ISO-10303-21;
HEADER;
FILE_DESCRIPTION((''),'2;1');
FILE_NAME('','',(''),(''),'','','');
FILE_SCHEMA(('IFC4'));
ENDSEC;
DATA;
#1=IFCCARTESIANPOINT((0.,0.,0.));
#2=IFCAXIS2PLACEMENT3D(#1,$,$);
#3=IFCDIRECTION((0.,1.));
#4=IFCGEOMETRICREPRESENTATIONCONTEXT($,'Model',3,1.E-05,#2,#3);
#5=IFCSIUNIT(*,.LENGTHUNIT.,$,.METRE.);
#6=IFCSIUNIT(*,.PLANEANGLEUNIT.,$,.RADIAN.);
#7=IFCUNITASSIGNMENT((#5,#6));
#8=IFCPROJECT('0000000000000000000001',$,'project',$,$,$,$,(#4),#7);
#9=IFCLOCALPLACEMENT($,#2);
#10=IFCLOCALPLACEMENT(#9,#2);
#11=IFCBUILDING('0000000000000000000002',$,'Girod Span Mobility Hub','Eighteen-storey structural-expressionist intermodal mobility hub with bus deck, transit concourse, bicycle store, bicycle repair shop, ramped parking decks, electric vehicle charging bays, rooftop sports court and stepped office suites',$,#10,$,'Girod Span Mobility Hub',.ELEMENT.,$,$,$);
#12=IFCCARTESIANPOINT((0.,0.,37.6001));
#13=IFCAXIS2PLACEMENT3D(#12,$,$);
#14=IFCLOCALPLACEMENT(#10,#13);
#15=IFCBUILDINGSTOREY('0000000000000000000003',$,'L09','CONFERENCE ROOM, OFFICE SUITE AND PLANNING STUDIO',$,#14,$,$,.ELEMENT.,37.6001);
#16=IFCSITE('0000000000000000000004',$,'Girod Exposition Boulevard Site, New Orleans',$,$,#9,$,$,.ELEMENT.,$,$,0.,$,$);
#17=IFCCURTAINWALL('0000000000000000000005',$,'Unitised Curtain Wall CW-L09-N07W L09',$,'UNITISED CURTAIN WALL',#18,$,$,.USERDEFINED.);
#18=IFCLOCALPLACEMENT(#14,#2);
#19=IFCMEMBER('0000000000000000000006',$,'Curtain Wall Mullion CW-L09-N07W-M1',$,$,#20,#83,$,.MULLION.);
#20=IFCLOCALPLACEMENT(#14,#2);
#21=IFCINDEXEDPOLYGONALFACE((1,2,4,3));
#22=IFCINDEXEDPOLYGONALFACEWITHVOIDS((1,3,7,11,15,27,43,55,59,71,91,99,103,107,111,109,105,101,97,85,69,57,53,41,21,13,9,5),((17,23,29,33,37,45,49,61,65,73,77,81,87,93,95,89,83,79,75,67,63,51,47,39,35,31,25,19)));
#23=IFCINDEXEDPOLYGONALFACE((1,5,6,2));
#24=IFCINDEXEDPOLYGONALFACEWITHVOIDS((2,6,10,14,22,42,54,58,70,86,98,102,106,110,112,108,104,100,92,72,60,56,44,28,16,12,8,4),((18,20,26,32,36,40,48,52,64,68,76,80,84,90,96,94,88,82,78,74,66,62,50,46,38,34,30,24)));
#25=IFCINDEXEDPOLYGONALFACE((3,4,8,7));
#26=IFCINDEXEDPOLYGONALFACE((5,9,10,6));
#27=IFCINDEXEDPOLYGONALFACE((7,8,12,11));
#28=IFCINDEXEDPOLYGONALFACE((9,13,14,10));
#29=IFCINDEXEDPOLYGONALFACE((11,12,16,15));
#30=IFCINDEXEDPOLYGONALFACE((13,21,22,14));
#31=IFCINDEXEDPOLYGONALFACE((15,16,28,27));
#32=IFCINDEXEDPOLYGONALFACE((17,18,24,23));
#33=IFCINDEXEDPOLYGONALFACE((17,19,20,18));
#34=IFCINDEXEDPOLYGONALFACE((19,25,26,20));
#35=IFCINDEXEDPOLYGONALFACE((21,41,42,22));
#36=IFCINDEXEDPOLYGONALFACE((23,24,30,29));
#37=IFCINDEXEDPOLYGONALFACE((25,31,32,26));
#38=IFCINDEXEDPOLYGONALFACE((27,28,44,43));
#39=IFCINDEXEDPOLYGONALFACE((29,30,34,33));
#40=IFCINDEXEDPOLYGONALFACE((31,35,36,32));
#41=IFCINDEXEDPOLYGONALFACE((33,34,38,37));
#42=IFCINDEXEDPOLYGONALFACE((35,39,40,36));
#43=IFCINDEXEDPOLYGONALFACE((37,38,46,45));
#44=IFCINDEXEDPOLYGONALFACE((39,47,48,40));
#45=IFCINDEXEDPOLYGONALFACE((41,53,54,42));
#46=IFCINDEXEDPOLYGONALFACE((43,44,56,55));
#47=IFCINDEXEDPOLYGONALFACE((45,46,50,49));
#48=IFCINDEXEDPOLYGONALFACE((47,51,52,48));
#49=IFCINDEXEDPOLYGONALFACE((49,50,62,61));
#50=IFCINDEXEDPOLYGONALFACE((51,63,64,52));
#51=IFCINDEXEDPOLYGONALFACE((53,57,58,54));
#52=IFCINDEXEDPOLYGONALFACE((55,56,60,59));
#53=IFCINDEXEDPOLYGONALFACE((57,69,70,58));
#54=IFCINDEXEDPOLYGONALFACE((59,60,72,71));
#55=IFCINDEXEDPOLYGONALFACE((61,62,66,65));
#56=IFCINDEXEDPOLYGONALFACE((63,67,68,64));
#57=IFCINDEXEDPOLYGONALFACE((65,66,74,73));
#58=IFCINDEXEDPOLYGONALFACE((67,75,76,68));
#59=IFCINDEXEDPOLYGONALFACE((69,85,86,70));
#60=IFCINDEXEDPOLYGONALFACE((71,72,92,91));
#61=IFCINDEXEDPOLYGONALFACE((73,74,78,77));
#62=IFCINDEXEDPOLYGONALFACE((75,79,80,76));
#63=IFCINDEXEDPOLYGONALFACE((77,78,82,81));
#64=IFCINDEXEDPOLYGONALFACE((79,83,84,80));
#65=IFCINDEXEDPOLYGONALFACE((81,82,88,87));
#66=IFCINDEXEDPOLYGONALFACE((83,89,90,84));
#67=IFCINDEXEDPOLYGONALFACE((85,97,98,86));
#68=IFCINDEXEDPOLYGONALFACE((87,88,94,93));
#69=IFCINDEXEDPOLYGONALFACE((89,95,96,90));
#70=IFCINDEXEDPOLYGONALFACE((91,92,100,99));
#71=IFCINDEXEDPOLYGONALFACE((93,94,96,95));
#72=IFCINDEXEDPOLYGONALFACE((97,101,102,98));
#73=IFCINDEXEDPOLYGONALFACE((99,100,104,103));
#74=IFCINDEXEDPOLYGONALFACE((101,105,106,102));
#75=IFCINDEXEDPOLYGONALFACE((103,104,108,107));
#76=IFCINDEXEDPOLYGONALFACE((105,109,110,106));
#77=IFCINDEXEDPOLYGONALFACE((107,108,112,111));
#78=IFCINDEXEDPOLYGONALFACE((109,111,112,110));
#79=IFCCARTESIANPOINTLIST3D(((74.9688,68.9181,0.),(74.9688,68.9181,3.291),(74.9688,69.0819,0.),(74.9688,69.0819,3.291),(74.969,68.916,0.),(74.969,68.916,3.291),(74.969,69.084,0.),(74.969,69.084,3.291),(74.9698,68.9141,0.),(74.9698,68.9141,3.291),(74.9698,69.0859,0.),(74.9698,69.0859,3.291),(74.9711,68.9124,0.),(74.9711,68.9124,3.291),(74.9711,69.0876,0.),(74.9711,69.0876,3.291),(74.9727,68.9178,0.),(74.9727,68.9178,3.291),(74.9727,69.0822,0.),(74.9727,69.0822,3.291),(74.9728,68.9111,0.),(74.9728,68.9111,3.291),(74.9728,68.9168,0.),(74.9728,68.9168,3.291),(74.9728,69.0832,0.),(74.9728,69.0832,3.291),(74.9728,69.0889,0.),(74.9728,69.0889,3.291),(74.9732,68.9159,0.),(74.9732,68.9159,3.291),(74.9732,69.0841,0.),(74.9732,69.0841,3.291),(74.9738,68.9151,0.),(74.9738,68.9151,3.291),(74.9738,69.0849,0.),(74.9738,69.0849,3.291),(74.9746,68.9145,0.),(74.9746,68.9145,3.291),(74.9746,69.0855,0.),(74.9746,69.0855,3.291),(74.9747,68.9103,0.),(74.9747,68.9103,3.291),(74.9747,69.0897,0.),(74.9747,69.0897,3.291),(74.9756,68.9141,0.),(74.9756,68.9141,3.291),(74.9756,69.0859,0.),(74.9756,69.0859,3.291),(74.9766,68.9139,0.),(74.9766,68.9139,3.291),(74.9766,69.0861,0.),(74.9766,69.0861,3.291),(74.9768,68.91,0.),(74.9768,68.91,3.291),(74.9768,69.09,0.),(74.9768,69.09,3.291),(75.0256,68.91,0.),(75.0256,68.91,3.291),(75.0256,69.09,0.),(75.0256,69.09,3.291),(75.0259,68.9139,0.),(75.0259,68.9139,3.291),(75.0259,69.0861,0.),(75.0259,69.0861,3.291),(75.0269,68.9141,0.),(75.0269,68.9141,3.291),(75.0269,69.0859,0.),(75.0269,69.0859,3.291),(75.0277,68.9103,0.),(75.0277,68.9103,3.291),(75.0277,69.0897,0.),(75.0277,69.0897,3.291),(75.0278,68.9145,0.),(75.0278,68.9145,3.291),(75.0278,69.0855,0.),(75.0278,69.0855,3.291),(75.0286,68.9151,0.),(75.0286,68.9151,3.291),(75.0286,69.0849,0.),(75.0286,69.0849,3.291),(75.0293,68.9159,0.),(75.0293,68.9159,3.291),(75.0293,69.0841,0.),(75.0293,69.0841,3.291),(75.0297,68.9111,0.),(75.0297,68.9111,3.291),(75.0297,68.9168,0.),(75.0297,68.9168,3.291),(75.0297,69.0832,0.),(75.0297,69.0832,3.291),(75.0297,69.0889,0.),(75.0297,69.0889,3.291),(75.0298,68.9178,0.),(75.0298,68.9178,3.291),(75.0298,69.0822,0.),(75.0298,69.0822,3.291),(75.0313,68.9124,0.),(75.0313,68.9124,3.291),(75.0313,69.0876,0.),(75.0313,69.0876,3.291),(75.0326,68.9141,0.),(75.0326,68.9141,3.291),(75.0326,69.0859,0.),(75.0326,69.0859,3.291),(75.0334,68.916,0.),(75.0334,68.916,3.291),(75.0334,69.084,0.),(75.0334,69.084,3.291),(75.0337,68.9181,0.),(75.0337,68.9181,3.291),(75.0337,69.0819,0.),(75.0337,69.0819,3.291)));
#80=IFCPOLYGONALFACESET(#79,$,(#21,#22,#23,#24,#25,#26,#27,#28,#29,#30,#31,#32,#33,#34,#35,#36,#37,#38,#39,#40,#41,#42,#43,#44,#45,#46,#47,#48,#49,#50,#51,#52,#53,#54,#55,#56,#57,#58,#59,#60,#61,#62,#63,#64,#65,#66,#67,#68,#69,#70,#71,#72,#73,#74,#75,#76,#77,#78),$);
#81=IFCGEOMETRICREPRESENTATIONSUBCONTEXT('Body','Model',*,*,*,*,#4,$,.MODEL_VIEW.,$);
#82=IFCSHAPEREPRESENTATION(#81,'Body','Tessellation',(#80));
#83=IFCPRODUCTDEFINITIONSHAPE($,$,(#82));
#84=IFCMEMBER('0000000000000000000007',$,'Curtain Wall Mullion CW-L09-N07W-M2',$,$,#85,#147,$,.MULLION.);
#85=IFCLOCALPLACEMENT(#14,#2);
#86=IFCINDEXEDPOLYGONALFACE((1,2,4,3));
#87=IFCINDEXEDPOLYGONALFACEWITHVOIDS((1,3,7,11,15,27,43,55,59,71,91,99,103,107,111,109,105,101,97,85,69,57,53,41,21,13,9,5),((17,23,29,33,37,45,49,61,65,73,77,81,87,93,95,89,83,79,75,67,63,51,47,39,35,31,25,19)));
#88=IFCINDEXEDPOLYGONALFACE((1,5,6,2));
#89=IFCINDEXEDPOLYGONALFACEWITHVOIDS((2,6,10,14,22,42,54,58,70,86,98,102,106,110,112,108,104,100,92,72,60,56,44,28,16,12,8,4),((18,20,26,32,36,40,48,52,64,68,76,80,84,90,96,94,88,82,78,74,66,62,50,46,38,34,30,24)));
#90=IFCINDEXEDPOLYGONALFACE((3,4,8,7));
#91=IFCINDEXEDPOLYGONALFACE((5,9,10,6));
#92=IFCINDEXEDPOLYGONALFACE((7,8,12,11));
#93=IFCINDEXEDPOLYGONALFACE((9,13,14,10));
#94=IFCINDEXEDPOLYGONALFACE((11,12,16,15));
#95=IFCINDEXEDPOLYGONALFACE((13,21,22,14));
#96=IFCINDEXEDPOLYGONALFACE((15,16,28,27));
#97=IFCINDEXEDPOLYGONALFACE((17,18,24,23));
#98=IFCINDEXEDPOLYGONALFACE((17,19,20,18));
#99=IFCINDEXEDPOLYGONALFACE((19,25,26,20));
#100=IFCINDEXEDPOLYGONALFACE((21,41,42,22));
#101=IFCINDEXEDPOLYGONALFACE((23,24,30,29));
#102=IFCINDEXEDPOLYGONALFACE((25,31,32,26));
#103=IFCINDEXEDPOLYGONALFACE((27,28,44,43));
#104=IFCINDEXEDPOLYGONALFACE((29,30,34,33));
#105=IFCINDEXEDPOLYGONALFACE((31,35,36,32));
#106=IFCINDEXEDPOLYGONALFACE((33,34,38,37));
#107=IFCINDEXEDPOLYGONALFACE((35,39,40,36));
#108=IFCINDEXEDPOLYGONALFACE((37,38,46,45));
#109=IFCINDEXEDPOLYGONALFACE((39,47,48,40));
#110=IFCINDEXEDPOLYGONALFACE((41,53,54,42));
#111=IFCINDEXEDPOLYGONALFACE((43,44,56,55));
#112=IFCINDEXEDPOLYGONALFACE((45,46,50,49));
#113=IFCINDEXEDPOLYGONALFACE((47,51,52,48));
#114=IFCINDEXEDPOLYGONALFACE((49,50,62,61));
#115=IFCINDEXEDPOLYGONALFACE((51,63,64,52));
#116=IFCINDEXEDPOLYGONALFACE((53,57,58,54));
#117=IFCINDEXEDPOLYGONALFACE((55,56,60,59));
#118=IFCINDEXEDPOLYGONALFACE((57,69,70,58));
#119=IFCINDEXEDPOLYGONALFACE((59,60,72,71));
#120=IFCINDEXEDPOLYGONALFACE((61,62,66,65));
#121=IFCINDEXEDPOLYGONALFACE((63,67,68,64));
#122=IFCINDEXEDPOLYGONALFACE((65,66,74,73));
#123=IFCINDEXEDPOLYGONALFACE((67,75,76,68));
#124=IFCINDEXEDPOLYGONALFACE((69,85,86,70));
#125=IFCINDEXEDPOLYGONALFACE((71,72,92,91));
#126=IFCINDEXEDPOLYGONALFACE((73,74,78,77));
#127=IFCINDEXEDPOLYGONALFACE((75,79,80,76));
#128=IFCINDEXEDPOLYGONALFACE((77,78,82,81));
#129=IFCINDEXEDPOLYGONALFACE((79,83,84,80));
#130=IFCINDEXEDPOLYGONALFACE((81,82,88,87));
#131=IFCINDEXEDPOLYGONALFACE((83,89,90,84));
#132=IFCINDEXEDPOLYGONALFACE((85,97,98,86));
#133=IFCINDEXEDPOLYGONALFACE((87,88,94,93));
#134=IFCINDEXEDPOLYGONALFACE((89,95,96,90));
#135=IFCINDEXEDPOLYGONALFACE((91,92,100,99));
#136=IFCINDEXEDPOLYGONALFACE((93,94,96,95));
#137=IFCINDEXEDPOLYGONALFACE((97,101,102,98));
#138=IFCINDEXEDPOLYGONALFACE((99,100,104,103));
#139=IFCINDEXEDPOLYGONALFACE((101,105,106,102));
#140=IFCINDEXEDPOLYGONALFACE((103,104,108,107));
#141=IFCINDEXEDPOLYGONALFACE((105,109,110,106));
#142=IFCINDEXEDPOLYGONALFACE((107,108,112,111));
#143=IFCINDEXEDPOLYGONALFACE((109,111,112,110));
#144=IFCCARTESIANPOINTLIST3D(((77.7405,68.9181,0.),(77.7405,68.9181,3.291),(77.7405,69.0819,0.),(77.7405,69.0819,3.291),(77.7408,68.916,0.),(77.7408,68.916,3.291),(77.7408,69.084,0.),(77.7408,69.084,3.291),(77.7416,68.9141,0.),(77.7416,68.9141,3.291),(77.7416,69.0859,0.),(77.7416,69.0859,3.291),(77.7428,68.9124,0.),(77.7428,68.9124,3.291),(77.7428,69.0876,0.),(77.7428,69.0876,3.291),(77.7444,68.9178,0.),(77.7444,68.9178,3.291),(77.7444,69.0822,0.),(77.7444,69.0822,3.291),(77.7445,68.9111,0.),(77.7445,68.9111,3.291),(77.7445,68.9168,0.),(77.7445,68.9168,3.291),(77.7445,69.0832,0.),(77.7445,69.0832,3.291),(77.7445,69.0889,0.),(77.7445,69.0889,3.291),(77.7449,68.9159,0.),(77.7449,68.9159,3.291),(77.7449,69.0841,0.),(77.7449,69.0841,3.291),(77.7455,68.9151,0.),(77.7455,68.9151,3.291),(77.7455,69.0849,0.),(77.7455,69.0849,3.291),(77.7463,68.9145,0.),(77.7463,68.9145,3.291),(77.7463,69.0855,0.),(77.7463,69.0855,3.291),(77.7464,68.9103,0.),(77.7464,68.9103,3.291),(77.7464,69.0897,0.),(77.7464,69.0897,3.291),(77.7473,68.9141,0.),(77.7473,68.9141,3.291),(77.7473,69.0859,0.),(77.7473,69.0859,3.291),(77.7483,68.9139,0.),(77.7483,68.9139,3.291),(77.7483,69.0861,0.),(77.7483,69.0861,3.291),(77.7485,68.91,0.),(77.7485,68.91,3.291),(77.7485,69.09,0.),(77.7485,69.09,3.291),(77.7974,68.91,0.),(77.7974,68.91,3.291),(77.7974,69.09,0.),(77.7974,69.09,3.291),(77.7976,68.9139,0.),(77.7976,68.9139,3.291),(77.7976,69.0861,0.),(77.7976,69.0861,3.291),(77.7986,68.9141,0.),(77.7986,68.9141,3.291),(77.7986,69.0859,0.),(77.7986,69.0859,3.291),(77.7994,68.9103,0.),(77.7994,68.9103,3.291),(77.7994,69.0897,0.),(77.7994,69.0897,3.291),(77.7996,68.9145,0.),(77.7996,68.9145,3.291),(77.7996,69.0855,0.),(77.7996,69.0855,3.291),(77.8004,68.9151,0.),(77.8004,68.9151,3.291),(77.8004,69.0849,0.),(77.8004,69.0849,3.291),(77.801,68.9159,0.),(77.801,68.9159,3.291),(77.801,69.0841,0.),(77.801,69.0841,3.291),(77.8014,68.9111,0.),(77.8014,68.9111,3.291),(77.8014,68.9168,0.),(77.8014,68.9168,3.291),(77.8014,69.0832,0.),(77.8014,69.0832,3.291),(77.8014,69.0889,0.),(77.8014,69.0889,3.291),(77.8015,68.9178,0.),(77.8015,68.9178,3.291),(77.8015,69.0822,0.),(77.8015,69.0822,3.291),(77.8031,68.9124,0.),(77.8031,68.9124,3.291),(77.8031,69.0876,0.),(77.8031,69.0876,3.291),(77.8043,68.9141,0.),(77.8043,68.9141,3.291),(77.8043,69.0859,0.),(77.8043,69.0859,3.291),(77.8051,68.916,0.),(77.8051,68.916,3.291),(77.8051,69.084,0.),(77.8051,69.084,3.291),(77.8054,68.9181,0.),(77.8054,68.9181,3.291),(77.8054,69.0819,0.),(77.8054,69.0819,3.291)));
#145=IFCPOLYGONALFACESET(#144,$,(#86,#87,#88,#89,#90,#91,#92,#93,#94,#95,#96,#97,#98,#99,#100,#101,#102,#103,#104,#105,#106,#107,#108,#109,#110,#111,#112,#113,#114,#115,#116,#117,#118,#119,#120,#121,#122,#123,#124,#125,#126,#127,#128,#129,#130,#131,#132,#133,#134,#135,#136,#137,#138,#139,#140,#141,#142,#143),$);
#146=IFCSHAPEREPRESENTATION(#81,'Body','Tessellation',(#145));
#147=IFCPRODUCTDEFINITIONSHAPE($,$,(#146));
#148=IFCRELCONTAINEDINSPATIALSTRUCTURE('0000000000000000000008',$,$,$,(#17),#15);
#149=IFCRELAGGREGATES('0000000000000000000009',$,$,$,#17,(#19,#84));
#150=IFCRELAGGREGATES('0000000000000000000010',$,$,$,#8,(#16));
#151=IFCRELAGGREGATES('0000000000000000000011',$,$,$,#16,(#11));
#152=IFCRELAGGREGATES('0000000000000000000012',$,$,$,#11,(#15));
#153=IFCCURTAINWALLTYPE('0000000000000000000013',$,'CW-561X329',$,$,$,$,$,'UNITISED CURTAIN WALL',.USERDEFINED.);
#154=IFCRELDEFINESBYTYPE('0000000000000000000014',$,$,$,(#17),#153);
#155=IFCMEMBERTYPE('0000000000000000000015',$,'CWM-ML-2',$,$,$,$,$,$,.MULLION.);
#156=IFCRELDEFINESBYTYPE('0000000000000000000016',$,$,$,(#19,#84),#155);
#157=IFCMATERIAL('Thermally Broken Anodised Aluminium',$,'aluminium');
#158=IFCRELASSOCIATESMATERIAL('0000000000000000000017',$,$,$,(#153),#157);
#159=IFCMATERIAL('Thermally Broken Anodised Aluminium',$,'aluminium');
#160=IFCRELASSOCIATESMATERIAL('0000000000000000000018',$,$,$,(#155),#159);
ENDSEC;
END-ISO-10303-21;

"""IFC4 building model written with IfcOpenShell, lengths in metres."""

from ifc_helpers import new_model, si_unit, direction, frame, origin, origin_2d, place, context, subcontext, project, spatial, hollow_rectangle, extrude, material, material_profile, profile_set, type_object, element, aggregate, save


model = new_model("IFC4")

# Units and contexts
model_context = context("Model", 3, precision=1e-05, world=origin(), true_north=direction((0.0, 1.0)))
body_context = subcontext(model_context, "Body", "Model", "MODEL_VIEW")
ifc_project = project(units=[si_unit("LENGTHUNIT", "METRE"), si_unit("PLANEANGLEUNIT", "RADIAN")], contexts=[model_context])

# Site, building, storey
site_placement = place(None, origin())
site = spatial("IfcSite", under=ifc_project, at=site_placement, Name="Girod Exposition Boulevard Site, New Orleans", CompositionType="ELEMENT", RefElevation=0.0)
building_placement = place(site_placement, origin())
building = spatial("IfcBuilding", under=site, at=building_placement, Name="Girod Span Mobility Hub", Description="Eighteen-storey structural-expressionist intermodal mobility hub with bus deck, transit concourse, bicycle store, bicycle repair shop, ramped parking decks, electric vehicle charging bays, rooftop sports court and stepped office suites", LongName="Girod Span Mobility Hub", CompositionType="ELEMENT")
storey_placement = place(building_placement, frame((0.0, 0.0, 37.6001)))
storey = spatial("IfcBuildingStorey", under=building, at=storey_placement, Name="L09", Description="CONFERENCE ROOM, OFFICE SUITE AND PLANNING STUDIO", CompositionType="ELEMENT", Elevation=37.6001)

# Shared definitions
ifc_material_1 = material(Name="Thermally Broken Anodised Aluminium", Category="aluminium")
curtain_wall_type = type_object("IfcCurtainWallType", Name="CW-561X329", ElementType="UNITISED CURTAIN WALL", PredefinedType="USERDEFINED", material=ifc_material_1)
ifc_material_2 = material(Name="Thermally Broken Anodised Aluminium", Category="aluminium")
ifc_material_profile_1 = material_profile(ifc_material_2, hollow_rectangle(XDim=0.1799, YDim=0.0649, WallThickness=0.0039, InnerFilletRadius=0.0039, OuterFilletRadius=0.0081, at=origin_2d()), Name="CW-ML-65X180")
ifc_profile_set_1 = profile_set([ifc_material_profile_1], Name="Thermally Broken Anodised Aluminium")
member_type_1 = type_object("IfcMemberType", Name="CWM-ML-2", PredefinedType="MULLION", material=ifc_profile_set_1)

# Curtain wall, members
curtain_wall_1_placement = place(storey_placement, origin())
curtain_wall_1 = element("IfcCurtainWall", 1, at=curtain_wall_1_placement, inside=storey, type_object=curtain_wall_type, Name="Unitised Curtain Wall CW-L09-N07W L09", ObjectType="UNITISED CURTAIN WALL", PredefinedType="USERDEFINED")
member_1_placement = place(storey_placement, frame((75.0012, 69.0, 0.0), z_axis=(0.0, 0.0, 1.0), x_axis=(0.0, 1.0, 0.0)))
member_1 = element("IfcMember", 2, at=member_1_placement, type_object=member_type_1, Name="Curtain Wall Mullion CW-L09-N07W-M1", PredefinedType="MULLION", context=body_context, shape_type="SweptSolid", body=[
    extrude(hollow_rectangle(XDim=0.1799, YDim=0.0649, WallThickness=0.0039, InnerFilletRadius=0.0039, OuterFilletRadius=0.0081, at=origin_2d()), origin(), (0.0, 0.0, 1.0), 3.291),
])
member_2_placement = place(storey_placement, frame((77.7729, 69.0, 0.0), z_axis=(0.0, 0.0, 1.0), x_axis=(0.0, 1.0, 0.0)))
member_2 = element("IfcMember", 3, at=member_2_placement, type_object=member_type_1, Name="Curtain Wall Mullion CW-L09-N07W-M2", PredefinedType="MULLION", context=body_context, shape_type="SweptSolid", body=[
    extrude(hollow_rectangle(XDim=0.1799, YDim=0.0649, WallThickness=0.0039, InnerFilletRadius=0.0039, OuterFilletRadius=0.0081, at=origin_2d()), origin(), (0.0, 0.0, 1.0), 3.291),
])

aggregate(curtain_wall_1, [member_1, member_2])

save(model, "model.ifc")
